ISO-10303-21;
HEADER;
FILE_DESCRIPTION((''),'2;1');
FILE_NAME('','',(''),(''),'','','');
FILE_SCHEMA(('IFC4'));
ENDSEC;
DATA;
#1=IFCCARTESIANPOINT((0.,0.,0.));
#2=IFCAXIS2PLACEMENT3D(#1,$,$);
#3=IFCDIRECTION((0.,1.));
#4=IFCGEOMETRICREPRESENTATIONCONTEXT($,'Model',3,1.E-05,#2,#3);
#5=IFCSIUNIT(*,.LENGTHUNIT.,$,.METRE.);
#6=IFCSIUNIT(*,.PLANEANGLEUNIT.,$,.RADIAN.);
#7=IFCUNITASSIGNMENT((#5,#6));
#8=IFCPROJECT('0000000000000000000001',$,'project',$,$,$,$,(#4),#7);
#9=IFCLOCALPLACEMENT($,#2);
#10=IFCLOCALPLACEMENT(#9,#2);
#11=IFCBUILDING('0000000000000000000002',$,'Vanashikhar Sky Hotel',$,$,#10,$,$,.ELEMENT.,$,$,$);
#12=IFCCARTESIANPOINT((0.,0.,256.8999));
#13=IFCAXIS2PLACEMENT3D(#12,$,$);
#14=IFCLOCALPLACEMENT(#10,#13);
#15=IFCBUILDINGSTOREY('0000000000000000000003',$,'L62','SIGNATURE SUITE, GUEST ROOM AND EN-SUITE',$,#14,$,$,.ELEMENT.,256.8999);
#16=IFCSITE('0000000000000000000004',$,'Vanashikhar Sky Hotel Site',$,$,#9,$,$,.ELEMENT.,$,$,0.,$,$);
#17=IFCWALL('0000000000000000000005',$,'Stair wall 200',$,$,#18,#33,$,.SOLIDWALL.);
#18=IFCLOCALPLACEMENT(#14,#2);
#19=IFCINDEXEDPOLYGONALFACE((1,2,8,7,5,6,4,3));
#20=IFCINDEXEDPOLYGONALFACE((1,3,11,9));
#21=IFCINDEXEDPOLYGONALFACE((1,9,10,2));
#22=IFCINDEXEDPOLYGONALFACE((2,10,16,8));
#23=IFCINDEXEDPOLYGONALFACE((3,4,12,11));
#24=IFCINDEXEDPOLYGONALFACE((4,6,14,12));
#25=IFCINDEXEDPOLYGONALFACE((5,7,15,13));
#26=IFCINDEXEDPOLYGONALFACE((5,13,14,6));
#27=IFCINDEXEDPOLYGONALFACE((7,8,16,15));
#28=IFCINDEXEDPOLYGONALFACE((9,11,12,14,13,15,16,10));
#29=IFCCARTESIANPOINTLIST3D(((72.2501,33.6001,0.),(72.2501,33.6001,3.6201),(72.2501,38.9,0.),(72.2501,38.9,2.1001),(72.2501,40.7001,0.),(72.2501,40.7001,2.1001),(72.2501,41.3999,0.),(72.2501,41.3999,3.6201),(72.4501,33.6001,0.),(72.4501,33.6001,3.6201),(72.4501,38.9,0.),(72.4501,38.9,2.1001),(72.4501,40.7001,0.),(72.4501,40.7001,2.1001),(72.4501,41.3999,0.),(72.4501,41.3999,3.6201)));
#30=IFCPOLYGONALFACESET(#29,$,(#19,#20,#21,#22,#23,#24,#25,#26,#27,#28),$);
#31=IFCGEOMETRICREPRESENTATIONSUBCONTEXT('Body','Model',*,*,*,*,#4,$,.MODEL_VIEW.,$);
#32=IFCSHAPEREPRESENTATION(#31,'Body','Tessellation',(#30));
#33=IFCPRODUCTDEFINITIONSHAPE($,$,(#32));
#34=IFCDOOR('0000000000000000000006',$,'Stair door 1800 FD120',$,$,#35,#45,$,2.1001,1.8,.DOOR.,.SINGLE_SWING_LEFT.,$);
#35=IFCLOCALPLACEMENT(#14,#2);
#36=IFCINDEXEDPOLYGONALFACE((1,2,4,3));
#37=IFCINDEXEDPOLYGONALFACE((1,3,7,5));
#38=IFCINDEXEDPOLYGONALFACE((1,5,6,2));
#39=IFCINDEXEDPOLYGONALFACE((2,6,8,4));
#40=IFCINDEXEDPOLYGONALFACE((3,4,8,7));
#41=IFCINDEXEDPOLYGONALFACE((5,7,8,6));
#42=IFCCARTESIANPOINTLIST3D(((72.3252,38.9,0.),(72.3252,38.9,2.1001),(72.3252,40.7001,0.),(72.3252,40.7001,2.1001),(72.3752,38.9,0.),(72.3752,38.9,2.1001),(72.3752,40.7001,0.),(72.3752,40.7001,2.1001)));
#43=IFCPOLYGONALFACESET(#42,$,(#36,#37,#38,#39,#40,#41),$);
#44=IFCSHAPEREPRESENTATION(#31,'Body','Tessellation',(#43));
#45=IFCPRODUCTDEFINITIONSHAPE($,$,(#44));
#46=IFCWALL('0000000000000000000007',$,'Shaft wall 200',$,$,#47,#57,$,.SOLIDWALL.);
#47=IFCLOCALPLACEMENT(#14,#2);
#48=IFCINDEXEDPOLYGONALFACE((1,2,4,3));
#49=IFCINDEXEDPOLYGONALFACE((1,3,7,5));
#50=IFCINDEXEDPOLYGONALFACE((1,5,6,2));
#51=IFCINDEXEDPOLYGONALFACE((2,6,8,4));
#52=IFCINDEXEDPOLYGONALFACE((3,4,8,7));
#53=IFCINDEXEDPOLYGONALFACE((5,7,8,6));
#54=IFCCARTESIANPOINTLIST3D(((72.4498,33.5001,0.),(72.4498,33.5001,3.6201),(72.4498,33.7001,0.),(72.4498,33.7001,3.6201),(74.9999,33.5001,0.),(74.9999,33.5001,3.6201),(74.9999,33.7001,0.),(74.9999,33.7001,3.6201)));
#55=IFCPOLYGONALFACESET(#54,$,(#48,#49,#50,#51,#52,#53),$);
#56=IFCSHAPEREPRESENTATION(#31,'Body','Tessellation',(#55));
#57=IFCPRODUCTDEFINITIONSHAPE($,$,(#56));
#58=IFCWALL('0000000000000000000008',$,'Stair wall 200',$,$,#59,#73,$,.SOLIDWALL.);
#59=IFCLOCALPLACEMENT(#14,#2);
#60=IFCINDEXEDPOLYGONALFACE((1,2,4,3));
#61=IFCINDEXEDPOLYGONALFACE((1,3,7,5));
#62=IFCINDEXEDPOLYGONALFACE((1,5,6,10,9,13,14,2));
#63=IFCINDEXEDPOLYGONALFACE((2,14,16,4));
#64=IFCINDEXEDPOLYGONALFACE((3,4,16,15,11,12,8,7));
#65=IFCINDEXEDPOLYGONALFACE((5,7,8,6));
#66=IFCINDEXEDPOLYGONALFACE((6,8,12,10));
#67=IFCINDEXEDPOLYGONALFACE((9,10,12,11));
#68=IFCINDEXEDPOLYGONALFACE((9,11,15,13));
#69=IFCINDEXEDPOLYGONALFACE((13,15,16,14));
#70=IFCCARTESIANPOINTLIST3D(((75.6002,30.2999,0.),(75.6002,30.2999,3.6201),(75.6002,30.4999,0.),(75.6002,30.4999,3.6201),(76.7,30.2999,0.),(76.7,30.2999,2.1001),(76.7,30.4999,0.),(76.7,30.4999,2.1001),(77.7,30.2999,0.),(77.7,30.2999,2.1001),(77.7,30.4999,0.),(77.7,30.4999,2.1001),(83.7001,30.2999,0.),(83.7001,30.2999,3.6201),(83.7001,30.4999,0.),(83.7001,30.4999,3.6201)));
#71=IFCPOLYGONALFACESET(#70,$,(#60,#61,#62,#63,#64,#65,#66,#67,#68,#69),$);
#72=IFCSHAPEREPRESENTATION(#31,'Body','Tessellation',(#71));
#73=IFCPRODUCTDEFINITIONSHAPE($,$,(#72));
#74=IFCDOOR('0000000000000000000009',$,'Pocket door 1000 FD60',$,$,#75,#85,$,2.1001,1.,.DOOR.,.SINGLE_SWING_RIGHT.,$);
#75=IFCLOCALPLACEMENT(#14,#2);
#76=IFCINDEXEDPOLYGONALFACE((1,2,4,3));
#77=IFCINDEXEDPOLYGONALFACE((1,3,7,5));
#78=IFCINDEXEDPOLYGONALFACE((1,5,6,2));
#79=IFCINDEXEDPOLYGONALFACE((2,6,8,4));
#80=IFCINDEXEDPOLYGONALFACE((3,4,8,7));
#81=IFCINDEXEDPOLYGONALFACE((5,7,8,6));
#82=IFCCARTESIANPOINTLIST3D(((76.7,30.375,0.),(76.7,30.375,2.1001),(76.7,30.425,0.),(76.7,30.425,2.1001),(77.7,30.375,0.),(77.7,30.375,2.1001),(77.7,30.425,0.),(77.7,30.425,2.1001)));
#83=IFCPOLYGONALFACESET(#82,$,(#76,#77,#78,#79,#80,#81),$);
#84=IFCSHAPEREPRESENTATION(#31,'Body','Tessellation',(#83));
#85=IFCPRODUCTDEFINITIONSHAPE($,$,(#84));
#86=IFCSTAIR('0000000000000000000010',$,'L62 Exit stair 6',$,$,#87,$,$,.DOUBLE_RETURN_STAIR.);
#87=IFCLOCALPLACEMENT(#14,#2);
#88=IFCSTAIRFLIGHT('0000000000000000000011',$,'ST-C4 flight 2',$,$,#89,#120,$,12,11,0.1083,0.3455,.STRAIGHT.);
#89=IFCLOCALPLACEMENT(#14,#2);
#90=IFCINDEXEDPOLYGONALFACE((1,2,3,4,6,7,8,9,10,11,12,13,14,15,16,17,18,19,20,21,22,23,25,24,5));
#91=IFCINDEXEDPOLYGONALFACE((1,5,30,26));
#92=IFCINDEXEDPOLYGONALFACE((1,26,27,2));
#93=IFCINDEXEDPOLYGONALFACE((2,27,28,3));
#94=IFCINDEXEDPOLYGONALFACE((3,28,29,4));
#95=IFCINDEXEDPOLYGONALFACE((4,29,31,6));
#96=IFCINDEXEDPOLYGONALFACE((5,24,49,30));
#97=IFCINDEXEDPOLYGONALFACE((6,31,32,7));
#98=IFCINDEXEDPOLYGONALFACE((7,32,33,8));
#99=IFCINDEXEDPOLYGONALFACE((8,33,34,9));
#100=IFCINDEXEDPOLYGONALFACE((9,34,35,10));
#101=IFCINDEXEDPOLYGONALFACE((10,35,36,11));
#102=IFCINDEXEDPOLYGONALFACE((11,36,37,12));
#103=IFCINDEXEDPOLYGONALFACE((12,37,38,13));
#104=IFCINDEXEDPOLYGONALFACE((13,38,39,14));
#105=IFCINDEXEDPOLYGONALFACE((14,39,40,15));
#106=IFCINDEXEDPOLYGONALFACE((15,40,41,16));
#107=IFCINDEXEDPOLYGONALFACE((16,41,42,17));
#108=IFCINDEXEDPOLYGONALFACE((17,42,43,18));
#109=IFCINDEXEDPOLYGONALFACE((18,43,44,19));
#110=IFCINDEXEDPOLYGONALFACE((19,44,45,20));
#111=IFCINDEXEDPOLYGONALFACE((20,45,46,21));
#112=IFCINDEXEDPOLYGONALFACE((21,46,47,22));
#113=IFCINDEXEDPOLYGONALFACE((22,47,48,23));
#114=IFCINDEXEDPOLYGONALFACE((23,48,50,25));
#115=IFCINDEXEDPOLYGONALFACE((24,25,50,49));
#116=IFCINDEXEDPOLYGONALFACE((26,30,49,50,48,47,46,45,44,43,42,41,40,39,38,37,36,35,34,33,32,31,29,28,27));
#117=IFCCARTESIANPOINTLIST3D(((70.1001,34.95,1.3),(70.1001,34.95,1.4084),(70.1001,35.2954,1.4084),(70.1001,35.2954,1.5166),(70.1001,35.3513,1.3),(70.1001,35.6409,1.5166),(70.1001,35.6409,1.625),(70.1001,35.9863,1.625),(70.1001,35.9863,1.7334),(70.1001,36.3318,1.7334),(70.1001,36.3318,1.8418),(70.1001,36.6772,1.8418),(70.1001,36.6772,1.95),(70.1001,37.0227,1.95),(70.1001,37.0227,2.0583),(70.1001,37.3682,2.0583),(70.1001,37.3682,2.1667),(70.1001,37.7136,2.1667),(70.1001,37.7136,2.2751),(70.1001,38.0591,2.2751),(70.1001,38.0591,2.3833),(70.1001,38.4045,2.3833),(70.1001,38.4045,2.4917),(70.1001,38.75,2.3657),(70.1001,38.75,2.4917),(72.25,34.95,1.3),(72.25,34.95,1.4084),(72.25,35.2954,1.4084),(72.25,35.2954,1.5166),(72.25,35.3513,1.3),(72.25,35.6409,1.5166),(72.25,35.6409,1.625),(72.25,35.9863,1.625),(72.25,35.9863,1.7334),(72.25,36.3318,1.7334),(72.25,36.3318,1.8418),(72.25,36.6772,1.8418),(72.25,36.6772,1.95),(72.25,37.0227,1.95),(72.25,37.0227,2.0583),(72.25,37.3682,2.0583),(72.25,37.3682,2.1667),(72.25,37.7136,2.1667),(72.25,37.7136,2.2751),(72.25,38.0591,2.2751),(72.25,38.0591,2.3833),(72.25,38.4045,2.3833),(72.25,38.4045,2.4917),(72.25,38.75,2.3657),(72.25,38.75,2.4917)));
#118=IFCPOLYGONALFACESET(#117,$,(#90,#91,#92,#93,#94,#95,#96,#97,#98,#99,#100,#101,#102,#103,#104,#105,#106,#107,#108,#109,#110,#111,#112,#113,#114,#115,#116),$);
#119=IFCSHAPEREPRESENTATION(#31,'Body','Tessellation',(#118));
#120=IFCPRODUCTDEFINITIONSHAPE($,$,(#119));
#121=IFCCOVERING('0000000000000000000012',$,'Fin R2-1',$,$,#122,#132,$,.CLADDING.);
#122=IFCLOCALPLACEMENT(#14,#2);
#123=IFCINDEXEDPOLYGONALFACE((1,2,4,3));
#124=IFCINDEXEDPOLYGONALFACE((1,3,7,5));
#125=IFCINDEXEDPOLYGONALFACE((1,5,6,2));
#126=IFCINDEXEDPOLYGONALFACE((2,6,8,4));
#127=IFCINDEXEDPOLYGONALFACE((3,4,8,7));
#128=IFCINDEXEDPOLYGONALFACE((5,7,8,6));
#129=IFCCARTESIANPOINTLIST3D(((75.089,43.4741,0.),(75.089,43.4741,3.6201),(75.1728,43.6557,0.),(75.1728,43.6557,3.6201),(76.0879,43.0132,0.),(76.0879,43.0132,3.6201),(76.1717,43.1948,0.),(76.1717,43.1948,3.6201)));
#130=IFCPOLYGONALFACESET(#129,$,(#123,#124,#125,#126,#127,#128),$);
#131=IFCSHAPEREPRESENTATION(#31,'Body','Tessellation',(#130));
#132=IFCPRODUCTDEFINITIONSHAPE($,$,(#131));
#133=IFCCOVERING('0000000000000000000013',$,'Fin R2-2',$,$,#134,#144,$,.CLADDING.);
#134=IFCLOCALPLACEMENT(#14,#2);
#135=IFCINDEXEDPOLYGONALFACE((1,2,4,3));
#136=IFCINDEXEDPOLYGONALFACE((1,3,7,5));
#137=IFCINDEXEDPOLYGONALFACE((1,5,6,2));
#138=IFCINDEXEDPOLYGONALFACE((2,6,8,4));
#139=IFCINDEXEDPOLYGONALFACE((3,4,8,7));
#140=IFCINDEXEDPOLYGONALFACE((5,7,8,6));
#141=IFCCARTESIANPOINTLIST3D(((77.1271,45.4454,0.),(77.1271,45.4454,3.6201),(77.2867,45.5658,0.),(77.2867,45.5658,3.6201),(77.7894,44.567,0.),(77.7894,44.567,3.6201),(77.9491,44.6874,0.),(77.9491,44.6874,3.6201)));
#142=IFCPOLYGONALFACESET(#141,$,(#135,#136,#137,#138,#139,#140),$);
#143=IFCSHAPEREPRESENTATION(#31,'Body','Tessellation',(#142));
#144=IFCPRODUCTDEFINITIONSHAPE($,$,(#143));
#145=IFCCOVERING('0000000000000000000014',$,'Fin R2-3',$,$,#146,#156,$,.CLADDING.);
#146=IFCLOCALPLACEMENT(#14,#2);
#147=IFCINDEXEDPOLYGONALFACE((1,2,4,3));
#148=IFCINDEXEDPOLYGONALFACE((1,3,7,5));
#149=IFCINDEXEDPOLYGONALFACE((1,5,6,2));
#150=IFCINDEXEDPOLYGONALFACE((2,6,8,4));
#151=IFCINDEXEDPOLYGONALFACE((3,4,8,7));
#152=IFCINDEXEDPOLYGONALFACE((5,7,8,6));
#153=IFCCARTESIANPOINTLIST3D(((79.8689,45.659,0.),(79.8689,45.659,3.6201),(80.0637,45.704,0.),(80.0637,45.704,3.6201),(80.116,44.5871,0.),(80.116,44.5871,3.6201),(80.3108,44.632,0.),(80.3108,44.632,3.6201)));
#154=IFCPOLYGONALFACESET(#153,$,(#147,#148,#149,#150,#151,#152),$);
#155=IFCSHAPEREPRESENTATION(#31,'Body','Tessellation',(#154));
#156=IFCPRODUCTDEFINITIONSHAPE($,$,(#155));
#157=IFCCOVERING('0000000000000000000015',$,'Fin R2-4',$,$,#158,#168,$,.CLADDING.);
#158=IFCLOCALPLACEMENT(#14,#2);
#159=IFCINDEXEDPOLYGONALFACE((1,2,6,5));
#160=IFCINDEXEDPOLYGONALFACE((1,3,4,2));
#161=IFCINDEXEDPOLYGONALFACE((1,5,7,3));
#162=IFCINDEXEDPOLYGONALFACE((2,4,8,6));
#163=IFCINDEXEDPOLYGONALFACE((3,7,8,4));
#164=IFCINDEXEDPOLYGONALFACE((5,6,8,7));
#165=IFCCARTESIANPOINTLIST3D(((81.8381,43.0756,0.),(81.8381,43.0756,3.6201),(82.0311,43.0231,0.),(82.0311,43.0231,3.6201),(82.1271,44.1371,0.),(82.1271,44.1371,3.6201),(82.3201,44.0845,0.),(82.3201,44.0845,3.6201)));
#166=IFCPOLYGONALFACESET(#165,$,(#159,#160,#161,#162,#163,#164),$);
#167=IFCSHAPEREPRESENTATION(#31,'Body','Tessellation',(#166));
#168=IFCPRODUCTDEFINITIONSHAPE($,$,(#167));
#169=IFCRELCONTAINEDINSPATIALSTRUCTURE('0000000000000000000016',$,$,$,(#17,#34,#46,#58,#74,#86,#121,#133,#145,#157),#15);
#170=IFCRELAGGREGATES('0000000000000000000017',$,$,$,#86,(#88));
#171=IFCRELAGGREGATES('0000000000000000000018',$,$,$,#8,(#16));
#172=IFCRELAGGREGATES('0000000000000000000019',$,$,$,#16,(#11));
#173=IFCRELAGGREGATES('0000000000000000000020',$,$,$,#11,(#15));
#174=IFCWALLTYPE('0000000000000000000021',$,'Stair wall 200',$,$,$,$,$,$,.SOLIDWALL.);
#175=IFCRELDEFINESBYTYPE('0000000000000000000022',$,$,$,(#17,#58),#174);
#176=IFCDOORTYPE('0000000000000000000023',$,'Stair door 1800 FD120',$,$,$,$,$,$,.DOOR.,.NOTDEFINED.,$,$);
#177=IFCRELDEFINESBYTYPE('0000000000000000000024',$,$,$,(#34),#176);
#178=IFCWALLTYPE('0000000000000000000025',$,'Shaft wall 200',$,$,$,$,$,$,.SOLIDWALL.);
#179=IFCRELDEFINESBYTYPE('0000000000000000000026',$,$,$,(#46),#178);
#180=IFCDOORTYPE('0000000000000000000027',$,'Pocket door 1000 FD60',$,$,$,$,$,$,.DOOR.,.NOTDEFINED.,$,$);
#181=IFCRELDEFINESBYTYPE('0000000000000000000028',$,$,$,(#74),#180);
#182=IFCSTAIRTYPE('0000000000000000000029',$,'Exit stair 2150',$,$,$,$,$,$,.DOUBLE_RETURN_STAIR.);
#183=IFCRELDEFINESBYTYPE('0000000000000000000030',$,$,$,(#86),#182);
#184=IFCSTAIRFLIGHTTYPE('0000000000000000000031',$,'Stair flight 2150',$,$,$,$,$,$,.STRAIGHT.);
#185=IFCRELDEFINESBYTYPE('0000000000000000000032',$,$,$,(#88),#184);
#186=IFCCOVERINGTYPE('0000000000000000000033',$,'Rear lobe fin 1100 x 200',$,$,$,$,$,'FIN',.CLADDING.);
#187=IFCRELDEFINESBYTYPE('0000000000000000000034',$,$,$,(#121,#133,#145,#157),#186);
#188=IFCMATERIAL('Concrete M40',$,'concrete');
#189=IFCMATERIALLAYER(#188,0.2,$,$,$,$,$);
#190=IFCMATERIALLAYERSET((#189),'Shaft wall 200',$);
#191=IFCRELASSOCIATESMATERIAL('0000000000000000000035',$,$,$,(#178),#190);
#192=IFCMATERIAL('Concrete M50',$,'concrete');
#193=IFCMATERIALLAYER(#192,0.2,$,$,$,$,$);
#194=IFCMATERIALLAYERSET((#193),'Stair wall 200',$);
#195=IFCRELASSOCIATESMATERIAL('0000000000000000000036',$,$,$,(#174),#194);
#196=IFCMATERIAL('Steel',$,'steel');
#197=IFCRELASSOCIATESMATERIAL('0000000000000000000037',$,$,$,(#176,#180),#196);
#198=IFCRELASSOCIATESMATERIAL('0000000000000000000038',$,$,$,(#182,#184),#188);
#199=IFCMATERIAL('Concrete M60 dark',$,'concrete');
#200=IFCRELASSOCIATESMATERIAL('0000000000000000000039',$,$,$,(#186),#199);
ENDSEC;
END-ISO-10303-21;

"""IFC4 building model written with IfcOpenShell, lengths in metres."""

from ifc_helpers import new_model, si_unit, direction, frame, frame_2d, origin, origin_2d, place, context, subcontext, project, spatial, polyline, rectangle, outline, extrude, source, transform, mapped, material, layer, layer_set, material_profile, profile_set, type_object, element, fill, aggregate, save


model = new_model("IFC4")

# Units and contexts
model_context = context("Model", 3, precision=1e-05, world=origin(), true_north=direction((0.0, 1.0)))
body_context = subcontext(model_context, "Body", "Model", "MODEL_VIEW")
ifc_project = project(units=[si_unit("LENGTHUNIT", "METRE"), si_unit("PLANEANGLEUNIT", "RADIAN")], contexts=[model_context])

# Site, building, storey
site_placement = place(None, origin())
site = spatial("IfcSite", under=ifc_project, at=site_placement, Name="Vanashikhar Sky Hotel Site", CompositionType="ELEMENT", RefElevation=0.0)
building_placement = place(site_placement, origin())
building = spatial("IfcBuilding", under=site, at=building_placement, Name="Vanashikhar Sky Hotel", CompositionType="ELEMENT")
storey_placement = place(building_placement, frame((0.0, 0.0, 256.8999)))
storey = spatial("IfcBuildingStorey", under=building, at=storey_placement, Name="L62", Description="SIGNATURE SUITE, GUEST ROOM AND EN-SUITE", CompositionType="ELEMENT", Elevation=256.8999)

# Shared definitions
ifc_material_1 = material(Name="Concrete M50", Category="concrete")

# Shared definitions
ifc_material_2 = material(Name="Concrete M40", Category="concrete")
ifc_layer_1 = layer(ifc_material_2, 0.2)
ifc_layer_set_1 = layer_set([ifc_layer_1], Name="Shaft wall 200")
wall_type_1 = type_object("IfcWallType", Name="Shaft wall 200", PredefinedType="SOLIDWALL", material=ifc_layer_set_1)

# Wall, opening, door
ifc_layer_2 = layer(ifc_material_1, 0.2)
ifc_layer_set_2 = layer_set([ifc_layer_2], Name="Stair wall 200")
wall_type_2 = type_object("IfcWallType", Name="Stair wall 200", PredefinedType="SOLIDWALL", material=ifc_layer_set_2)
shared_shape_1 = source(origin(), body_context, "Body", "SweptSolid", [
    extrude(rectangle(XDim=7.7998, YDim=0.2, at=frame_2d((3.8999, 0.0))), origin(), (0.0, 0.0, 1.0), 3.6201),
])
wall_1_placement = place(storey_placement, frame((72.3501, 33.6001, 0.0), z_axis=(0.0, 0.0, 1.0), x_axis=(0.0, 1.0, 0.0)))
wall_1 = element("IfcWall", 1, at=wall_1_placement, inside=storey, type_object=wall_type_2, Name="Stair wall 200", PredefinedType="SOLIDWALL", context=body_context, shape_type="MappedRepresentation", body=[
    mapped(shared_shape_1, transform((0.0, 0.0, 0.0), scale=1.0)),
])
shared_shape_2 = source(origin(), body_context, "Body", "SweptSolid", [
    extrude(rectangle(XDim=1.8, YDim=2.1001, at=frame_2d((0.8999, 1.05))), frame((0.0, 0.1099, 0.0), z_axis=(0.0, -1.0, 0.0), x_axis=(1.0, 0.0, 0.0)), (0.0, 0.0, 1.0), 0.22),
])
opening_1_placement = place(wall_1_placement, frame((5.3, 0.0, 0.0)))
opening_1 = element("IfcOpeningElement", 2, at=opening_1_placement, cuts=wall_1, PredefinedType="OPENING", context=body_context, shape_type="MappedRepresentation", body=[
    mapped(shared_shape_2, transform((0.0, 0.0, 0.0), scale=1.0)),
])
ifc_material_3 = material(Name="Steel", Category="steel")
door_type_1 = type_object("IfcDoorType", Name="Stair door 1800 FD120", OperationType="NOTDEFINED", PredefinedType="DOOR", material=ifc_material_3)
shared_shape_3 = source(origin(), body_context, "Body", "SweptSolid", [
    extrude(rectangle(XDim=1.8, YDim=2.1001, at=frame_2d((0.8999, 1.05))), frame((0.0, 0.0249, 0.0), z_axis=(0.0, -1.0, 0.0), x_axis=(1.0, 0.0, 0.0)), (0.0, 0.0, 1.0), 0.05),
])
door_1_placement = place(opening_1_placement, origin())
door_1 = element("IfcDoor", 3, at=door_1_placement, inside=storey, type_object=door_type_1, Name="Stair door 1800 FD120", OperationType="SINGLE_SWING_LEFT", OverallHeight=2.1001, OverallWidth=1.8, PredefinedType="DOOR", context=body_context, shape_type="MappedRepresentation", body=[
    mapped(shared_shape_3, transform((0.0, 0.0, 0.0), scale=1.0)),
])
fill(opening_1, door_1)

# Wall
shared_shape_4 = source(origin(), body_context, "Body", "SweptSolid", [
    extrude(rectangle(XDim=2.55, YDim=0.2, at=frame_2d((1.2749, 0.0))), origin(), (0.0, 0.0, 1.0), 3.6201),
])
wall_2_placement = place(storey_placement, frame((72.45, 33.6001, 0.0), z_axis=(0.0, 0.0, 1.0), x_axis=(1.0, 0.0, 0.0)))
element("IfcWall", 4, at=wall_2_placement, inside=storey, type_object=wall_type_1, Name="Shaft wall 200", PredefinedType="SOLIDWALL", context=body_context, shape_type="MappedRepresentation", body=[
    mapped(shared_shape_4, transform((0.0, 0.0, 0.0), scale=1.0)),
])

# Wall, opening, door
shared_shape_5 = source(origin(), body_context, "Body", "SweptSolid", [
    extrude(rectangle(XDim=8.0999, YDim=0.2, at=frame_2d((4.0498, 0.0))), origin(), (0.0, 0.0, 1.0), 3.6201),
])
wall_3_placement = place(storey_placement, frame((83.7, 30.3999, 0.0), z_axis=(0.0, 0.0, 1.0), x_axis=(-1.0, 0.0, 0.0)))
wall_3 = element("IfcWall", 5, at=wall_3_placement, inside=storey, type_object=wall_type_2, Name="Stair wall 200", PredefinedType="SOLIDWALL", context=body_context, shape_type="MappedRepresentation", body=[
    mapped(shared_shape_5, transform((0.0, 0.0, 0.0), scale=1.0)),
])
shared_shape_6 = source(origin(), body_context, "Body", "SweptSolid", [
    extrude(rectangle(XDim=1.0, YDim=2.1001, at=frame_2d((0.5, 1.05))), frame((0.0, 0.1099, 0.0), z_axis=(0.0, -1.0, 0.0), x_axis=(1.0, 0.0, 0.0)), (0.0, 0.0, 1.0), 0.22),
])
opening_2_placement = place(wall_3_placement, frame((6.0, 0.0, 0.0)))
opening_2 = element("IfcOpeningElement", 6, at=opening_2_placement, cuts=wall_3, PredefinedType="OPENING", context=body_context, shape_type="MappedRepresentation", body=[
    mapped(shared_shape_6, transform((0.0, 0.0, 0.0), scale=1.0)),
])
door_type_2 = type_object("IfcDoorType", Name="Pocket door 1000 FD60", OperationType="NOTDEFINED", PredefinedType="DOOR", material=ifc_material_3)
shared_shape_7 = source(origin(), body_context, "Body", "SweptSolid", [
    extrude(rectangle(XDim=1.0, YDim=2.1001, at=frame_2d((0.5, 1.05))), frame((0.0, 0.0249, 0.0), z_axis=(0.0, -1.0, 0.0), x_axis=(1.0, 0.0, 0.0)), (0.0, 0.0, 1.0), 0.05),
])
door_2_placement = place(opening_2_placement, origin())
door_2 = element("IfcDoor", 7, at=door_2_placement, inside=storey, type_object=door_type_2, Name="Pocket door 1000 FD60", OperationType="SINGLE_SWING_RIGHT", OverallHeight=2.1001, OverallWidth=1.0, PredefinedType="DOOR", context=body_context, shape_type="MappedRepresentation", body=[
    mapped(shared_shape_7, transform((0.0, 0.0, 0.0), scale=1.0)),
])
fill(opening_2, door_2)

# Stair, stair flight
stair_type = type_object("IfcStairType", Name="Exit stair 2150", PredefinedType="DOUBLE_RETURN_STAIR", material=ifc_material_2)
stair_placement = place(storey_placement, origin())
stair = element("IfcStair", 8, at=stair_placement, inside=storey, type_object=stair_type, Name="L62 Exit stair 6", PredefinedType="DOUBLE_RETURN_STAIR")
stair_flight_type = type_object("IfcStairFlightType", Name="Stair flight 2150", PredefinedType="STRAIGHT", material=ifc_material_2)
shared_shape_8 = source(origin(), body_context, "Body", "SweptSolid", [
    extrude(outline(polyline([(0.0, 0.0), (0.0, 0.1084), (0.3455, 0.1084), (0.3455, 0.2166), (0.6909, 0.2166), (0.6909, 0.325), (1.0364, 0.325), (1.0364, 0.4333), (1.3818, 0.4333), (1.3818, 0.5417), (1.7273, 0.5417), (1.7273, 0.6499), (2.0728, 0.6499), (2.0728, 0.7583), (2.4182, 0.7583), (2.4182, 0.8667), (2.7637, 0.8667), (2.7637, 0.9751), (3.1091, 0.9751), (3.1091, 1.0833), (3.4546, 1.0833), (3.4546, 1.1917), (3.8, 1.1917), (3.8, 1.3), (3.8, 1.0657), (0.4014, 0.0), (0.0, 0.0)])), frame((0.0, 1.075, 0.0), z_axis=(0.0, -1.0, 0.0), x_axis=(1.0, 0.0, 0.0)), (0.0, 0.0, 1.0), 2.1499),
])
stair_flight_placement = place(storey_placement, frame((71.175, 34.95, 1.3), z_axis=(0.0, 0.0, 1.0), x_axis=(0.0, 1.0, 0.0)))
stair_flight = element("IfcStairFlight", 9, at=stair_flight_placement, type_object=stair_flight_type, Name="ST-C4 flight 2", NumberOfRisers=12, NumberOfTreads=11, PredefinedType="STRAIGHT", RiserHeight=0.1083, TreadLength=0.3455, context=body_context, shape_type="MappedRepresentation", body=[
    mapped(shared_shape_8, transform((0.0, 0.0, 0.0), scale=1.0)),
])
aggregate(stair, [stair_flight])

# Coverings
ifc_material_4 = material(Name="Concrete M60 dark", Category="concrete")
ifc_material_profile = material_profile(ifc_material_4, rectangle(XDim=1.1001, YDim=0.2, at=origin_2d()))
ifc_profile_set = profile_set([ifc_material_profile], Name="Rear lobe fin 1100 x 200")
covering_type = type_object("IfcCoveringType", Name="Rear lobe fin 1100 x 200", ElementType="FIN", PredefinedType="CLADDING", material=ifc_profile_set)
shared_shape_9 = source(origin(), body_context, "Body", "SweptSolid", [
    extrude(rectangle(XDim=1.1001, YDim=0.2, at=origin_2d()), origin(), (0.0, 0.0, 1.0), 3.6201),
])
for number, where, z_axis, x_axis, name in (
    (10, (75.6304, 43.3345, 0.0), (0.0, 0.0, 1.0), (-0.908004, 0.418961, 0.0), "Fin R2-1"),
    (11, (77.5381, 45.0664, 0.0), (0.0, 0.0, 1.0), (-0.602066, 0.798446, 0.0), "Fin R2-2"),
    (12, (80.0898, 45.1455, 0.0), (0.0, 0.0, 1.0), (-0.224645, 0.974441, 0.0), "Fin R2-3"),
    (13, (82.0791, 43.5801, 0.0), (0.0, 0.0, 1.0), (0.262711, 0.964874, 0.0), "Fin R2-4"),
):
    element("IfcCovering", number, at=place(storey_placement, frame(where, z_axis=z_axis, x_axis=x_axis)), inside=storey, type_object=covering_type, Name=name, PredefinedType="CLADDING", context=body_context, shape_type="MappedRepresentation", body=[
        mapped(shared_shape_9, transform((0.0, 0.0, 0.0), scale=1.0)),
    ])

save(model, "model.ifc")
